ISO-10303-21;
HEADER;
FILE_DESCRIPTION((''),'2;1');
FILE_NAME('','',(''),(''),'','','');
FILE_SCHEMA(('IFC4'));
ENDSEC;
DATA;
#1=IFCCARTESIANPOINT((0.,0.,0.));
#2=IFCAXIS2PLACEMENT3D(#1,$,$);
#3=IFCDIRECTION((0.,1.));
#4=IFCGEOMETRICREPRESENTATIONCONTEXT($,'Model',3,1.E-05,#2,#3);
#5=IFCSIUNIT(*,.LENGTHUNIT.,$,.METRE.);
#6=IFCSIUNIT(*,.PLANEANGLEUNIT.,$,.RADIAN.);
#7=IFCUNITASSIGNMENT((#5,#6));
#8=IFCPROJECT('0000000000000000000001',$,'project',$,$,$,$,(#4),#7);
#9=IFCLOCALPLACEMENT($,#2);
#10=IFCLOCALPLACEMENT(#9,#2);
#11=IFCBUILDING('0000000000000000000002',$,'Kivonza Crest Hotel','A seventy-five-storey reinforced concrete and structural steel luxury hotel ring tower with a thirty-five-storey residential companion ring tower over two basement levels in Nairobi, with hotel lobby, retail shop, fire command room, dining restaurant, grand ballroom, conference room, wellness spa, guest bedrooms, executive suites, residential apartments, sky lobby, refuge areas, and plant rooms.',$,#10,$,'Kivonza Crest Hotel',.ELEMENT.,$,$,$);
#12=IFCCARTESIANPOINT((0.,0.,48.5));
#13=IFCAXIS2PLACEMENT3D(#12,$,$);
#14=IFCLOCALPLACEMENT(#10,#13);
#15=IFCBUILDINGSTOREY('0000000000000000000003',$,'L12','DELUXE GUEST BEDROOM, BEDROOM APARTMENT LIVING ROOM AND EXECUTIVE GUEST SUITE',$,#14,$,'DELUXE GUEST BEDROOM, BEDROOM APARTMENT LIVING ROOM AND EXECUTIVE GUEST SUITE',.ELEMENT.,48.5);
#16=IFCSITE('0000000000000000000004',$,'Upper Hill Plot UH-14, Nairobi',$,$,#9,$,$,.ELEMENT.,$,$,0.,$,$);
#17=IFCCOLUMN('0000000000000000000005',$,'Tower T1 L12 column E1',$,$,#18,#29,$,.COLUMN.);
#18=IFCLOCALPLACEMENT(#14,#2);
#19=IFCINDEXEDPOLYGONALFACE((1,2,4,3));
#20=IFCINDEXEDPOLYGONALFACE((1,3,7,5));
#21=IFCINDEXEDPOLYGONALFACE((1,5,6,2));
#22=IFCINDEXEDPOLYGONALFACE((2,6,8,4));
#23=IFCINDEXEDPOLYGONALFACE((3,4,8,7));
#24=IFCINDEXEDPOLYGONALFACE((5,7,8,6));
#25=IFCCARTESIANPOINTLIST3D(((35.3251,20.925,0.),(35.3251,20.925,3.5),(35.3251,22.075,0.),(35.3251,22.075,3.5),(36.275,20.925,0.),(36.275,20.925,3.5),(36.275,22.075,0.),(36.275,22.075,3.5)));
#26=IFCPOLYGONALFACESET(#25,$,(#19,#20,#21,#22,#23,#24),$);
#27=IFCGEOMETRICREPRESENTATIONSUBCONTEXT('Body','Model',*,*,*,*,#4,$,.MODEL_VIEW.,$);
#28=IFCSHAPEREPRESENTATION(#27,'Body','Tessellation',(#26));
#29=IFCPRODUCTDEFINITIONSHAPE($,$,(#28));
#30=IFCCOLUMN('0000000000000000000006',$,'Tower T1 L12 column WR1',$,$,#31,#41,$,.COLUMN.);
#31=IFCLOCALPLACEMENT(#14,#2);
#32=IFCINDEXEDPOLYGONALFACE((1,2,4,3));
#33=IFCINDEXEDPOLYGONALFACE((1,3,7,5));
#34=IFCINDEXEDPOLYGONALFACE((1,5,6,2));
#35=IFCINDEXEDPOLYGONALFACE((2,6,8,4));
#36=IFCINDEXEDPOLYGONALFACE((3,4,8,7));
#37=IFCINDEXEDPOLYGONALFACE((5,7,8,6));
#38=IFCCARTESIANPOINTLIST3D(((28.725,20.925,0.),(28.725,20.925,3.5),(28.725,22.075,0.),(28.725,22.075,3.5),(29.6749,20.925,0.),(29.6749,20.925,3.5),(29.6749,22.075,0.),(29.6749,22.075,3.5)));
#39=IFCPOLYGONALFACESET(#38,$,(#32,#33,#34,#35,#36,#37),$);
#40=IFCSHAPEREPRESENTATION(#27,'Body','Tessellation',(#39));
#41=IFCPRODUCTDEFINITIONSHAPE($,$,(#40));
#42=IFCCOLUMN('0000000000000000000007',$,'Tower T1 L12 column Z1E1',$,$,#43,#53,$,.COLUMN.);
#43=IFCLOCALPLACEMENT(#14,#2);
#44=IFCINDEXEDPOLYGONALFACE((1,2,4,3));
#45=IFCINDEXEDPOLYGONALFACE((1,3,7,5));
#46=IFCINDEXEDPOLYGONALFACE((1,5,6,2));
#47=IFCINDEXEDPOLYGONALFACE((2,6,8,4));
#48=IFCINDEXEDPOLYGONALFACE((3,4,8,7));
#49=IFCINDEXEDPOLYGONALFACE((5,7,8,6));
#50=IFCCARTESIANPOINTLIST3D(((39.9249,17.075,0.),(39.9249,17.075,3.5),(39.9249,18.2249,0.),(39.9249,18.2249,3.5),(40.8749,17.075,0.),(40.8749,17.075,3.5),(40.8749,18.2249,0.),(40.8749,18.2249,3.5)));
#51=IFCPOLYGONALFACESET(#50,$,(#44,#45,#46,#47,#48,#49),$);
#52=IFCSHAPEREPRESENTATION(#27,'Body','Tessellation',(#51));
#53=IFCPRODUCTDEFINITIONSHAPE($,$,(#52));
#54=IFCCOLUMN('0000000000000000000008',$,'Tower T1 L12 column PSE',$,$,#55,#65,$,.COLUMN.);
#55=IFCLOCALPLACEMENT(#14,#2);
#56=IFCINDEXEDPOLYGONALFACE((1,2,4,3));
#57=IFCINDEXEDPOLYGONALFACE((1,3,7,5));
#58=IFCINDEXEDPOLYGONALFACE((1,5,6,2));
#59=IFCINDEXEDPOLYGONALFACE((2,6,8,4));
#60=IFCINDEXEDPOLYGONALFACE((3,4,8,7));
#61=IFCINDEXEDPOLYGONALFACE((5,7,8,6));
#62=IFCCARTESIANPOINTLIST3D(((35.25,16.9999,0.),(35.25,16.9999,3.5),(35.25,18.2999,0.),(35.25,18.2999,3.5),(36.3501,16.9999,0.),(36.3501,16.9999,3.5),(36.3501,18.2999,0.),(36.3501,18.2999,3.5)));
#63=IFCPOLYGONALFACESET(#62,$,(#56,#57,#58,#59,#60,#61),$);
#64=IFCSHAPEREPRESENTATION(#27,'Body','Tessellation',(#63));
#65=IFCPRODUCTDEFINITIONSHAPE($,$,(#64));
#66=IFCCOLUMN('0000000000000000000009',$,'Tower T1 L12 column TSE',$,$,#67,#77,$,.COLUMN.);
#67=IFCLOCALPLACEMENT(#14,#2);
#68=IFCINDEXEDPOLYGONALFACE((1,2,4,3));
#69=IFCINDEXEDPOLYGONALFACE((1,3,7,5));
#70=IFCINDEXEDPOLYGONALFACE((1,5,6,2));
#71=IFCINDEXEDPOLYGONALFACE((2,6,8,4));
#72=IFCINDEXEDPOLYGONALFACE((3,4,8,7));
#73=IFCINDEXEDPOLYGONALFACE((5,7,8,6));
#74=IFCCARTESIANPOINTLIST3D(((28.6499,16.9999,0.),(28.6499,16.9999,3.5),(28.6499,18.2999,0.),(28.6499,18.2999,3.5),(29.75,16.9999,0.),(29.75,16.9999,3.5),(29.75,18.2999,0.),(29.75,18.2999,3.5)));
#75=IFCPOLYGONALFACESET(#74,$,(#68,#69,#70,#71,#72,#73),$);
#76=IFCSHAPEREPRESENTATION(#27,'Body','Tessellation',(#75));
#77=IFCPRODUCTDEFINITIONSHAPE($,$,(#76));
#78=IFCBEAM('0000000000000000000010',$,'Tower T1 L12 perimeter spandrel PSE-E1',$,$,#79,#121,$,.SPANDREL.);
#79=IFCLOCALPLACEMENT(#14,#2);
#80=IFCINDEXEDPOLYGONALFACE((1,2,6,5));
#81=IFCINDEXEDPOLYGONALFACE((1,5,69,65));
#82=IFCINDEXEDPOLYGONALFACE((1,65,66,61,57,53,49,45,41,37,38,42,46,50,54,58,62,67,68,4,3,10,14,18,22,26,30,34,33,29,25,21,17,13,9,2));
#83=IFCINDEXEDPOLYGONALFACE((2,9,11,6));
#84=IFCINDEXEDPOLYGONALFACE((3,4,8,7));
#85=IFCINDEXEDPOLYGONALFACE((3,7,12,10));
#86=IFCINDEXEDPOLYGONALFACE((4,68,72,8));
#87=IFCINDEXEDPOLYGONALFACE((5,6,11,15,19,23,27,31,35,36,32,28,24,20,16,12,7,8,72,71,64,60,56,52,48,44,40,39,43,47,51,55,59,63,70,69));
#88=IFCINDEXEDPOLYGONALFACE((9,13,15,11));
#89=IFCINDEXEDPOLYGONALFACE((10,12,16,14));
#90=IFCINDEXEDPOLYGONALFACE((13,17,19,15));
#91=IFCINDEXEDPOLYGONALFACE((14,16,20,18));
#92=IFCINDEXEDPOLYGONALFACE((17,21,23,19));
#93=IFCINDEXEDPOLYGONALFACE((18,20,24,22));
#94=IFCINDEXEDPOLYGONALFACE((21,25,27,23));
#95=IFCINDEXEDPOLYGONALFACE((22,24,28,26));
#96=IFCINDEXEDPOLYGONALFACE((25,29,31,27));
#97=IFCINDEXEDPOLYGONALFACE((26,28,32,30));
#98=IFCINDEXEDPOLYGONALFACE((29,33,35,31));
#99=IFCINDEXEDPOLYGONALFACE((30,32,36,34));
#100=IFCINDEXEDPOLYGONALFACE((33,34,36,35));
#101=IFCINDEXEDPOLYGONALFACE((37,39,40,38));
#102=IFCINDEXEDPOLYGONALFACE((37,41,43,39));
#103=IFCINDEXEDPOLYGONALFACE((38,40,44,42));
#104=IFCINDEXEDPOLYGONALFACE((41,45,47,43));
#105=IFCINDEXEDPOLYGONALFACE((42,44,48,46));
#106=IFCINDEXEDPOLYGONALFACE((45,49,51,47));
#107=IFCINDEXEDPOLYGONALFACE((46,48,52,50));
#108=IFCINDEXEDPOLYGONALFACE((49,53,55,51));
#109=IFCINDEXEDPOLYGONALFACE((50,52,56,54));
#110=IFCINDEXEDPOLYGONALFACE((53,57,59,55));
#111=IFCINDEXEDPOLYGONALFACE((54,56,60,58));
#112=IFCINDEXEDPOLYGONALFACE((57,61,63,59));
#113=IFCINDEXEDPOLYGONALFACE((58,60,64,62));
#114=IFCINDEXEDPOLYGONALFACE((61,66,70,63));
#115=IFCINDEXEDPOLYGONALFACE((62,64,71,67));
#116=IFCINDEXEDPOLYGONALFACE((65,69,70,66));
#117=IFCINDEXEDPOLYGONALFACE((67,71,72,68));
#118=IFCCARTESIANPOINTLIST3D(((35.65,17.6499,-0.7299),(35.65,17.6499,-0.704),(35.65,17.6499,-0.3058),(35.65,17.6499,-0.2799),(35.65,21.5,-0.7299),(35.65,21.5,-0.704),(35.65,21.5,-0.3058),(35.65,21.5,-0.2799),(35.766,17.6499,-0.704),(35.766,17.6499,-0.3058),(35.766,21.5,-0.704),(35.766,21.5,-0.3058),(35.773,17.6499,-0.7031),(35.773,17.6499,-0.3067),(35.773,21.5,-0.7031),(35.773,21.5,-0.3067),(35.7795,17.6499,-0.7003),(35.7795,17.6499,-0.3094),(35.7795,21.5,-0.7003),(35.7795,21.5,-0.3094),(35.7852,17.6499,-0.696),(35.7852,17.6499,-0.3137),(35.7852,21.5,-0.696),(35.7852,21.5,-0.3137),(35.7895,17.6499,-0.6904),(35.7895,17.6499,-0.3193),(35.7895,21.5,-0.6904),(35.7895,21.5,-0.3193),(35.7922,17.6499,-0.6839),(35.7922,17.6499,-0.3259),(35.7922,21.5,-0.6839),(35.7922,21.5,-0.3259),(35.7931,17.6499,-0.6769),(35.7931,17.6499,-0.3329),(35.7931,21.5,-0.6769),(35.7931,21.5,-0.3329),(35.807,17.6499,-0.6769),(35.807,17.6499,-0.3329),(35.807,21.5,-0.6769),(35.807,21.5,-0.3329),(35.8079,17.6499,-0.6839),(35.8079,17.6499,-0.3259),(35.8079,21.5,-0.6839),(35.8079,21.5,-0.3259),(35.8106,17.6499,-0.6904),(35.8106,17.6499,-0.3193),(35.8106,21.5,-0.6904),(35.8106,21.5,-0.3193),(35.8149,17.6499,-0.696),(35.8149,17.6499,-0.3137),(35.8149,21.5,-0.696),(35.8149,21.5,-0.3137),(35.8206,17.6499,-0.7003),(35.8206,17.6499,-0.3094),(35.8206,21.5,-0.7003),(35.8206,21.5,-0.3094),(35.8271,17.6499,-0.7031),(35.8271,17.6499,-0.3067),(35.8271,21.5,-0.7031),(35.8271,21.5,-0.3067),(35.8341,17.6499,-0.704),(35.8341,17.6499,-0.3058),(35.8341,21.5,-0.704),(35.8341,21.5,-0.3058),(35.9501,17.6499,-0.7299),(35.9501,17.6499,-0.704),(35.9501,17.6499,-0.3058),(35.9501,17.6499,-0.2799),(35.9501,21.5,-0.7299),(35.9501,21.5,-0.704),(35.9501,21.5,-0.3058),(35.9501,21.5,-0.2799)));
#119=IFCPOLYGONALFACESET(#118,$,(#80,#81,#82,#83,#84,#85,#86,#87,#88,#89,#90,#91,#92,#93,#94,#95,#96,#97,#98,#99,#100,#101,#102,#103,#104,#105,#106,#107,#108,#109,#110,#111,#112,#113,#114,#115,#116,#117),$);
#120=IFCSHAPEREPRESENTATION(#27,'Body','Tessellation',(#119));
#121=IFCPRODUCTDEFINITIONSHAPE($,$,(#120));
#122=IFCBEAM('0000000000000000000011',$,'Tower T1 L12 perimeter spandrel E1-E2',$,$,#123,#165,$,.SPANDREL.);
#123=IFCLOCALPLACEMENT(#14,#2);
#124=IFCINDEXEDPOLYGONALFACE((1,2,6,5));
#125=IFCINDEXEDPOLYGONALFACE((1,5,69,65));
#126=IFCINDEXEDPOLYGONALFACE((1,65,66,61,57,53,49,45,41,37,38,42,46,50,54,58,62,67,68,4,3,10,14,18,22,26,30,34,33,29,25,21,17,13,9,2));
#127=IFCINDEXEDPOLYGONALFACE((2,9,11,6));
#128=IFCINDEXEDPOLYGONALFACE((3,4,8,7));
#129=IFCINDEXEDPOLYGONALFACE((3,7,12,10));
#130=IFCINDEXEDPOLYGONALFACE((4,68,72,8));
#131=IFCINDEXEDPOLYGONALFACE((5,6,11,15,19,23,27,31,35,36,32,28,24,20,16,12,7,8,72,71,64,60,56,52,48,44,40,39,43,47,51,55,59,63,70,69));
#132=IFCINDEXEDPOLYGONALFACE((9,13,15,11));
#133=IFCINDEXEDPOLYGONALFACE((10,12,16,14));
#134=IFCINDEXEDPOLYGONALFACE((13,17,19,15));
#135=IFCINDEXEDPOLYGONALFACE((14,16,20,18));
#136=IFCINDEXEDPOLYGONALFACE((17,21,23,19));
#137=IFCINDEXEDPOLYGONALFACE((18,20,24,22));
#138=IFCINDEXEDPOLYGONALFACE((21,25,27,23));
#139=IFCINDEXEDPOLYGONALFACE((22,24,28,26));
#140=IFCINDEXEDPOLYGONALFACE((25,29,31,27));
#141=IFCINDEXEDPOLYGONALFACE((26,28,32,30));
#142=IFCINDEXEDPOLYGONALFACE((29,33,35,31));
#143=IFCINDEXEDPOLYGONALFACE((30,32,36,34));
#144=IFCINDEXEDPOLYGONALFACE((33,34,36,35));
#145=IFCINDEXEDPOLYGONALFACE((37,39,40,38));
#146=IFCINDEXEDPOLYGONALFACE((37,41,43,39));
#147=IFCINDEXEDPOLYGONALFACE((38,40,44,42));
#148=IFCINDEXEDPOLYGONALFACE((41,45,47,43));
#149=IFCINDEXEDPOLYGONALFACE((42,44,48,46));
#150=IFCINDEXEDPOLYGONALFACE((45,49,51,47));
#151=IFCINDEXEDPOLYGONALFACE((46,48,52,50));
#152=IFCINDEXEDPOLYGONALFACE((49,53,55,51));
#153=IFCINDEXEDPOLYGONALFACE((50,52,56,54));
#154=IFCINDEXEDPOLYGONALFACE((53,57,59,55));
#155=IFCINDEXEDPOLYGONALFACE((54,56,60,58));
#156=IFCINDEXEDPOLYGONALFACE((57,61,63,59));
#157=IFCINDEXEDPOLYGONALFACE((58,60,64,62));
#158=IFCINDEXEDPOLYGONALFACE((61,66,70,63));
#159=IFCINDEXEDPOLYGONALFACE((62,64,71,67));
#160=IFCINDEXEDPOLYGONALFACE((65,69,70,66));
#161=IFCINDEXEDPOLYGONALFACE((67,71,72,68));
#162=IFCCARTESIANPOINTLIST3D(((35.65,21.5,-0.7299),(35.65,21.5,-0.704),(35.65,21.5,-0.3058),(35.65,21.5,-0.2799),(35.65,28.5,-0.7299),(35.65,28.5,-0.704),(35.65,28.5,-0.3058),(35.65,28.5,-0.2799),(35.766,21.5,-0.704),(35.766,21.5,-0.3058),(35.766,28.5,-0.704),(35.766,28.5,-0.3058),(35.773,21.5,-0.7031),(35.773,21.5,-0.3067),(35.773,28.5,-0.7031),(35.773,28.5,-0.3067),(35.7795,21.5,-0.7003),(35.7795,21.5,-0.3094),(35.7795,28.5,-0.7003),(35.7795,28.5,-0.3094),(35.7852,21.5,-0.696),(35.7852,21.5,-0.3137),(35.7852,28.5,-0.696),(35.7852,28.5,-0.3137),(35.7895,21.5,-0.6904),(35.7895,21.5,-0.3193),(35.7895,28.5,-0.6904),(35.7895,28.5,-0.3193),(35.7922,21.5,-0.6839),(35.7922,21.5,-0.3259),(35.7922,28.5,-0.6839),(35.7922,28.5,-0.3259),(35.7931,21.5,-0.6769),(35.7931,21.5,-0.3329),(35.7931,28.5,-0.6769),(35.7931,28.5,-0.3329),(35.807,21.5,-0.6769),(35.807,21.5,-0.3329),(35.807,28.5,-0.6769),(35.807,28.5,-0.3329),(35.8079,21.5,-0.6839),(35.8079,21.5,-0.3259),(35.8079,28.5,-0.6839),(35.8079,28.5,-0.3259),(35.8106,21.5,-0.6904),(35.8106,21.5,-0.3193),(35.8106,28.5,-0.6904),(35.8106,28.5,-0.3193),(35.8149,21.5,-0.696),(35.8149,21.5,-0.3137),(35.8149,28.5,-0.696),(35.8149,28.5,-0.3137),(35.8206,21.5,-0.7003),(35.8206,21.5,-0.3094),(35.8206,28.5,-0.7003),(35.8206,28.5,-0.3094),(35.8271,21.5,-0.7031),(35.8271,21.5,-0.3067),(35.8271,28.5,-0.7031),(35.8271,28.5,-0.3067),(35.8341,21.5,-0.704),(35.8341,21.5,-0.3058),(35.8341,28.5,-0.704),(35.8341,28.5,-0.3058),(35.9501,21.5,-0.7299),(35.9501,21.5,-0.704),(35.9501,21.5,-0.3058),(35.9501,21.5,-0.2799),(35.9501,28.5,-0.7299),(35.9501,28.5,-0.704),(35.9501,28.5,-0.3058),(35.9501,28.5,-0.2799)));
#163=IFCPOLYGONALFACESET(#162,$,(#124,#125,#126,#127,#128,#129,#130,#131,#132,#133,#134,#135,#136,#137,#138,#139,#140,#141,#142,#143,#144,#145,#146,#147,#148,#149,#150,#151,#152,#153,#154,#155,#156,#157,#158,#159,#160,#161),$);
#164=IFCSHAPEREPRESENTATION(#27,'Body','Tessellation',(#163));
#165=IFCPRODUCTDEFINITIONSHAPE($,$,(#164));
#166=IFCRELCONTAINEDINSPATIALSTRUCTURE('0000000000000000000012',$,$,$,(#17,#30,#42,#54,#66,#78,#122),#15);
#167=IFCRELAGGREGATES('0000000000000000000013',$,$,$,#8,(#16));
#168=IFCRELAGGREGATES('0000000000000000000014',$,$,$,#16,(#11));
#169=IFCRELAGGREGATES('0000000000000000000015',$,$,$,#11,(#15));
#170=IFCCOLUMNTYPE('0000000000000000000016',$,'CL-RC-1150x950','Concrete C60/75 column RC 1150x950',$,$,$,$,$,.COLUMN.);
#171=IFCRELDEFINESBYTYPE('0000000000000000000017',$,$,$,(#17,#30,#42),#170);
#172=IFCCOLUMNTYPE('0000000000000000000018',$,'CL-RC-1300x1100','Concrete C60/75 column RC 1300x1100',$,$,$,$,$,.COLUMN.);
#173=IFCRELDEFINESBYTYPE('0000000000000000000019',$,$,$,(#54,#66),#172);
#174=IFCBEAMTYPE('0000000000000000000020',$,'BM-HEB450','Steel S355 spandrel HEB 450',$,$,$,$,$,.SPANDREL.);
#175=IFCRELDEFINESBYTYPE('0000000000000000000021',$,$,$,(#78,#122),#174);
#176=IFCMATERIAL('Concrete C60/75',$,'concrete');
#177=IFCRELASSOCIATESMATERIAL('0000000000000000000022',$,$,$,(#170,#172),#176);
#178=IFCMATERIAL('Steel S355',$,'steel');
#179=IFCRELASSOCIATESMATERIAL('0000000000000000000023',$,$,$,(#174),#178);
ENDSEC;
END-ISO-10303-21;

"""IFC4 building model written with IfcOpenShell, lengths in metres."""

from ifc_helpers import new_model, si_unit, direction, frame, origin, origin_2d, place, context, subcontext, project, spatial, rectangle, i_section, extrude, material, material_profile, profile_set, type_object, element, save


model = new_model("IFC4")

# Units and contexts
model_context = context("Model", 3, precision=1e-05, world=origin(), true_north=direction((0.0, 1.0)))
body_context = subcontext(model_context, "Body", "Model", "MODEL_VIEW")
ifc_project = project(units=[si_unit("LENGTHUNIT", "METRE"), si_unit("PLANEANGLEUNIT", "RADIAN")], contexts=[model_context])

# Site, building, storey
site_placement = place(None, origin())
site = spatial("IfcSite", under=ifc_project, at=site_placement, Name="Upper Hill Plot UH-14, Nairobi", CompositionType="ELEMENT", RefElevation=0.0)
building_placement = place(site_placement, origin())
building = spatial("IfcBuilding", under=site, at=building_placement, Name="Kivonza Crest Hotel", Description="A seventy-five-storey reinforced concrete and structural steel luxury hotel ring tower with a thirty-five-storey residential companion ring tower over two basement levels in Nairobi, with hotel lobby, retail shop, fire command room, dining restaurant, grand ballroom, conference room, wellness spa, guest bedrooms, executive suites, residential apartments, sky lobby, refuge areas, and plant rooms.", LongName="Kivonza Crest Hotel", CompositionType="ELEMENT")
storey_placement = place(building_placement, frame((0.0, 0.0, 48.5)))
storey = spatial("IfcBuildingStorey", under=building, at=storey_placement, Name="L12", Description="DELUXE GUEST BEDROOM, BEDROOM APARTMENT LIVING ROOM AND EXECUTIVE GUEST SUITE", LongName="DELUXE GUEST BEDROOM, BEDROOM APARTMENT LIVING ROOM AND EXECUTIVE GUEST SUITE", CompositionType="ELEMENT", Elevation=48.5)

# Columns
ifc_material_1 = material(Name="Concrete C60/75", Category="concrete")
ifc_material_profile_1 = material_profile(ifc_material_1, rectangle(XDim=0.95, YDim=1.1499, at=origin_2d()), Name="RC 1150x950")
ifc_profile_set_1 = profile_set([ifc_material_profile_1], Name="Concrete C60/75")
column_type_1 = type_object("IfcColumnType", Name="CL-RC-1150x950", Description="Concrete C60/75 column RC 1150x950", PredefinedType="COLUMN", material=ifc_profile_set_1)
for number, where, z_axis, x_axis, name in (
    (1, (35.8, 21.5, 0.0), (0.0, 0.0, 1.0), (1.0, 0.0, 0.0), "Tower T1 L12 column E1"),
    (2, (29.2, 21.5, 0.0), (0.0, 0.0, 1.0), (1.0, 0.0, 0.0), "Tower T1 L12 column WR1"),
    (3, (40.3999, 17.6499, 0.0), (0.0, 0.0, 1.0), (1.0, 0.0, 0.0), "Tower T1 L12 column Z1E1"),
):
    element("IfcColumn", number, at=place(storey_placement, frame(where, z_axis=z_axis, x_axis=x_axis)), inside=storey, type_object=column_type_1, Name=name, PredefinedType="COLUMN", context=body_context, shape_type="SweptSolid", body=[
        extrude(rectangle(XDim=0.95, YDim=1.1499, at=origin_2d()), origin(), (0.0, 0.0, 1.0), 3.5),
    ])
ifc_material_profile_2 = material_profile(ifc_material_1, rectangle(XDim=1.1001, YDim=1.3, at=origin_2d()), Name="RC 1300x1100")
ifc_profile_set_2 = profile_set([ifc_material_profile_2], Name="Concrete C60/75")
column_type_2 = type_object("IfcColumnType", Name="CL-RC-1300x1100", Description="Concrete C60/75 column RC 1300x1100", PredefinedType="COLUMN", material=ifc_profile_set_2)
for number, where, z_axis, x_axis, name in (
    (4, (35.8, 17.6499, 0.0), (0.0, 0.0, 1.0), (1.0, 0.0, 0.0), "Tower T1 L12 column PSE"),
    (5, (29.2, 17.6499, 0.0), (0.0, 0.0, 1.0), (1.0, 0.0, 0.0), "Tower T1 L12 column TSE"),
):
    element("IfcColumn", number, at=place(storey_placement, frame(where, z_axis=z_axis, x_axis=x_axis)), inside=storey, type_object=column_type_2, Name=name, PredefinedType="COLUMN", context=body_context, shape_type="SweptSolid", body=[
        extrude(rectangle(XDim=1.1001, YDim=1.3, at=origin_2d()), origin(), (0.0, 0.0, 1.0), 3.5),
    ])

# Beams
ifc_material_2 = material(Name="Steel S355", Category="steel")
ifc_material_profile_3 = material_profile(ifc_material_2, i_section(OverallWidth=0.3, OverallDepth=0.45, WebThickness=0.0139, FlangeThickness=0.0259, FilletRadius=0.0271, at=origin_2d()), Name="HEB 450")
ifc_profile_set_3 = profile_set([ifc_material_profile_3], Name="Steel S355")
beam_type_1 = type_object("IfcBeamType", Name="BM-HEB450", Description="Steel S355 spandrel HEB 450", PredefinedType="SPANDREL", material=ifc_profile_set_3)
beam_1_placement = place(storey_placement, frame((35.8, 17.6499, -0.5049), z_axis=(0.0, 1.0, 0.0), x_axis=(-1.0, 0.0, 0.0)))
element("IfcBeam", 6, at=beam_1_placement, inside=storey, type_object=beam_type_1, Name="Tower T1 L12 perimeter spandrel PSE-E1", PredefinedType="SPANDREL", context=body_context, shape_type="SweptSolid", body=[
    extrude(i_section(OverallWidth=0.3, OverallDepth=0.45, WebThickness=0.0139, FlangeThickness=0.0259, FilletRadius=0.0271, at=origin_2d()), origin(), (0.0, 0.0, 1.0), 3.8501),
])
beam_2_placement = place(storey_placement, frame((35.8, 21.5, -0.5049), z_axis=(0.0, 1.0, 0.0), x_axis=(-1.0, 0.0, 0.0)))
element("IfcBeam", 7, at=beam_2_placement, inside=storey, type_object=beam_type_1, Name="Tower T1 L12 perimeter spandrel E1-E2", PredefinedType="SPANDREL", context=body_context, shape_type="SweptSolid", body=[
    extrude(i_section(OverallWidth=0.3, OverallDepth=0.45, WebThickness=0.0139, FlangeThickness=0.0259, FilletRadius=0.0271, at=origin_2d()), origin(), (0.0, 0.0, 1.0), 7.0),
])

save(model, "model.ifc")
